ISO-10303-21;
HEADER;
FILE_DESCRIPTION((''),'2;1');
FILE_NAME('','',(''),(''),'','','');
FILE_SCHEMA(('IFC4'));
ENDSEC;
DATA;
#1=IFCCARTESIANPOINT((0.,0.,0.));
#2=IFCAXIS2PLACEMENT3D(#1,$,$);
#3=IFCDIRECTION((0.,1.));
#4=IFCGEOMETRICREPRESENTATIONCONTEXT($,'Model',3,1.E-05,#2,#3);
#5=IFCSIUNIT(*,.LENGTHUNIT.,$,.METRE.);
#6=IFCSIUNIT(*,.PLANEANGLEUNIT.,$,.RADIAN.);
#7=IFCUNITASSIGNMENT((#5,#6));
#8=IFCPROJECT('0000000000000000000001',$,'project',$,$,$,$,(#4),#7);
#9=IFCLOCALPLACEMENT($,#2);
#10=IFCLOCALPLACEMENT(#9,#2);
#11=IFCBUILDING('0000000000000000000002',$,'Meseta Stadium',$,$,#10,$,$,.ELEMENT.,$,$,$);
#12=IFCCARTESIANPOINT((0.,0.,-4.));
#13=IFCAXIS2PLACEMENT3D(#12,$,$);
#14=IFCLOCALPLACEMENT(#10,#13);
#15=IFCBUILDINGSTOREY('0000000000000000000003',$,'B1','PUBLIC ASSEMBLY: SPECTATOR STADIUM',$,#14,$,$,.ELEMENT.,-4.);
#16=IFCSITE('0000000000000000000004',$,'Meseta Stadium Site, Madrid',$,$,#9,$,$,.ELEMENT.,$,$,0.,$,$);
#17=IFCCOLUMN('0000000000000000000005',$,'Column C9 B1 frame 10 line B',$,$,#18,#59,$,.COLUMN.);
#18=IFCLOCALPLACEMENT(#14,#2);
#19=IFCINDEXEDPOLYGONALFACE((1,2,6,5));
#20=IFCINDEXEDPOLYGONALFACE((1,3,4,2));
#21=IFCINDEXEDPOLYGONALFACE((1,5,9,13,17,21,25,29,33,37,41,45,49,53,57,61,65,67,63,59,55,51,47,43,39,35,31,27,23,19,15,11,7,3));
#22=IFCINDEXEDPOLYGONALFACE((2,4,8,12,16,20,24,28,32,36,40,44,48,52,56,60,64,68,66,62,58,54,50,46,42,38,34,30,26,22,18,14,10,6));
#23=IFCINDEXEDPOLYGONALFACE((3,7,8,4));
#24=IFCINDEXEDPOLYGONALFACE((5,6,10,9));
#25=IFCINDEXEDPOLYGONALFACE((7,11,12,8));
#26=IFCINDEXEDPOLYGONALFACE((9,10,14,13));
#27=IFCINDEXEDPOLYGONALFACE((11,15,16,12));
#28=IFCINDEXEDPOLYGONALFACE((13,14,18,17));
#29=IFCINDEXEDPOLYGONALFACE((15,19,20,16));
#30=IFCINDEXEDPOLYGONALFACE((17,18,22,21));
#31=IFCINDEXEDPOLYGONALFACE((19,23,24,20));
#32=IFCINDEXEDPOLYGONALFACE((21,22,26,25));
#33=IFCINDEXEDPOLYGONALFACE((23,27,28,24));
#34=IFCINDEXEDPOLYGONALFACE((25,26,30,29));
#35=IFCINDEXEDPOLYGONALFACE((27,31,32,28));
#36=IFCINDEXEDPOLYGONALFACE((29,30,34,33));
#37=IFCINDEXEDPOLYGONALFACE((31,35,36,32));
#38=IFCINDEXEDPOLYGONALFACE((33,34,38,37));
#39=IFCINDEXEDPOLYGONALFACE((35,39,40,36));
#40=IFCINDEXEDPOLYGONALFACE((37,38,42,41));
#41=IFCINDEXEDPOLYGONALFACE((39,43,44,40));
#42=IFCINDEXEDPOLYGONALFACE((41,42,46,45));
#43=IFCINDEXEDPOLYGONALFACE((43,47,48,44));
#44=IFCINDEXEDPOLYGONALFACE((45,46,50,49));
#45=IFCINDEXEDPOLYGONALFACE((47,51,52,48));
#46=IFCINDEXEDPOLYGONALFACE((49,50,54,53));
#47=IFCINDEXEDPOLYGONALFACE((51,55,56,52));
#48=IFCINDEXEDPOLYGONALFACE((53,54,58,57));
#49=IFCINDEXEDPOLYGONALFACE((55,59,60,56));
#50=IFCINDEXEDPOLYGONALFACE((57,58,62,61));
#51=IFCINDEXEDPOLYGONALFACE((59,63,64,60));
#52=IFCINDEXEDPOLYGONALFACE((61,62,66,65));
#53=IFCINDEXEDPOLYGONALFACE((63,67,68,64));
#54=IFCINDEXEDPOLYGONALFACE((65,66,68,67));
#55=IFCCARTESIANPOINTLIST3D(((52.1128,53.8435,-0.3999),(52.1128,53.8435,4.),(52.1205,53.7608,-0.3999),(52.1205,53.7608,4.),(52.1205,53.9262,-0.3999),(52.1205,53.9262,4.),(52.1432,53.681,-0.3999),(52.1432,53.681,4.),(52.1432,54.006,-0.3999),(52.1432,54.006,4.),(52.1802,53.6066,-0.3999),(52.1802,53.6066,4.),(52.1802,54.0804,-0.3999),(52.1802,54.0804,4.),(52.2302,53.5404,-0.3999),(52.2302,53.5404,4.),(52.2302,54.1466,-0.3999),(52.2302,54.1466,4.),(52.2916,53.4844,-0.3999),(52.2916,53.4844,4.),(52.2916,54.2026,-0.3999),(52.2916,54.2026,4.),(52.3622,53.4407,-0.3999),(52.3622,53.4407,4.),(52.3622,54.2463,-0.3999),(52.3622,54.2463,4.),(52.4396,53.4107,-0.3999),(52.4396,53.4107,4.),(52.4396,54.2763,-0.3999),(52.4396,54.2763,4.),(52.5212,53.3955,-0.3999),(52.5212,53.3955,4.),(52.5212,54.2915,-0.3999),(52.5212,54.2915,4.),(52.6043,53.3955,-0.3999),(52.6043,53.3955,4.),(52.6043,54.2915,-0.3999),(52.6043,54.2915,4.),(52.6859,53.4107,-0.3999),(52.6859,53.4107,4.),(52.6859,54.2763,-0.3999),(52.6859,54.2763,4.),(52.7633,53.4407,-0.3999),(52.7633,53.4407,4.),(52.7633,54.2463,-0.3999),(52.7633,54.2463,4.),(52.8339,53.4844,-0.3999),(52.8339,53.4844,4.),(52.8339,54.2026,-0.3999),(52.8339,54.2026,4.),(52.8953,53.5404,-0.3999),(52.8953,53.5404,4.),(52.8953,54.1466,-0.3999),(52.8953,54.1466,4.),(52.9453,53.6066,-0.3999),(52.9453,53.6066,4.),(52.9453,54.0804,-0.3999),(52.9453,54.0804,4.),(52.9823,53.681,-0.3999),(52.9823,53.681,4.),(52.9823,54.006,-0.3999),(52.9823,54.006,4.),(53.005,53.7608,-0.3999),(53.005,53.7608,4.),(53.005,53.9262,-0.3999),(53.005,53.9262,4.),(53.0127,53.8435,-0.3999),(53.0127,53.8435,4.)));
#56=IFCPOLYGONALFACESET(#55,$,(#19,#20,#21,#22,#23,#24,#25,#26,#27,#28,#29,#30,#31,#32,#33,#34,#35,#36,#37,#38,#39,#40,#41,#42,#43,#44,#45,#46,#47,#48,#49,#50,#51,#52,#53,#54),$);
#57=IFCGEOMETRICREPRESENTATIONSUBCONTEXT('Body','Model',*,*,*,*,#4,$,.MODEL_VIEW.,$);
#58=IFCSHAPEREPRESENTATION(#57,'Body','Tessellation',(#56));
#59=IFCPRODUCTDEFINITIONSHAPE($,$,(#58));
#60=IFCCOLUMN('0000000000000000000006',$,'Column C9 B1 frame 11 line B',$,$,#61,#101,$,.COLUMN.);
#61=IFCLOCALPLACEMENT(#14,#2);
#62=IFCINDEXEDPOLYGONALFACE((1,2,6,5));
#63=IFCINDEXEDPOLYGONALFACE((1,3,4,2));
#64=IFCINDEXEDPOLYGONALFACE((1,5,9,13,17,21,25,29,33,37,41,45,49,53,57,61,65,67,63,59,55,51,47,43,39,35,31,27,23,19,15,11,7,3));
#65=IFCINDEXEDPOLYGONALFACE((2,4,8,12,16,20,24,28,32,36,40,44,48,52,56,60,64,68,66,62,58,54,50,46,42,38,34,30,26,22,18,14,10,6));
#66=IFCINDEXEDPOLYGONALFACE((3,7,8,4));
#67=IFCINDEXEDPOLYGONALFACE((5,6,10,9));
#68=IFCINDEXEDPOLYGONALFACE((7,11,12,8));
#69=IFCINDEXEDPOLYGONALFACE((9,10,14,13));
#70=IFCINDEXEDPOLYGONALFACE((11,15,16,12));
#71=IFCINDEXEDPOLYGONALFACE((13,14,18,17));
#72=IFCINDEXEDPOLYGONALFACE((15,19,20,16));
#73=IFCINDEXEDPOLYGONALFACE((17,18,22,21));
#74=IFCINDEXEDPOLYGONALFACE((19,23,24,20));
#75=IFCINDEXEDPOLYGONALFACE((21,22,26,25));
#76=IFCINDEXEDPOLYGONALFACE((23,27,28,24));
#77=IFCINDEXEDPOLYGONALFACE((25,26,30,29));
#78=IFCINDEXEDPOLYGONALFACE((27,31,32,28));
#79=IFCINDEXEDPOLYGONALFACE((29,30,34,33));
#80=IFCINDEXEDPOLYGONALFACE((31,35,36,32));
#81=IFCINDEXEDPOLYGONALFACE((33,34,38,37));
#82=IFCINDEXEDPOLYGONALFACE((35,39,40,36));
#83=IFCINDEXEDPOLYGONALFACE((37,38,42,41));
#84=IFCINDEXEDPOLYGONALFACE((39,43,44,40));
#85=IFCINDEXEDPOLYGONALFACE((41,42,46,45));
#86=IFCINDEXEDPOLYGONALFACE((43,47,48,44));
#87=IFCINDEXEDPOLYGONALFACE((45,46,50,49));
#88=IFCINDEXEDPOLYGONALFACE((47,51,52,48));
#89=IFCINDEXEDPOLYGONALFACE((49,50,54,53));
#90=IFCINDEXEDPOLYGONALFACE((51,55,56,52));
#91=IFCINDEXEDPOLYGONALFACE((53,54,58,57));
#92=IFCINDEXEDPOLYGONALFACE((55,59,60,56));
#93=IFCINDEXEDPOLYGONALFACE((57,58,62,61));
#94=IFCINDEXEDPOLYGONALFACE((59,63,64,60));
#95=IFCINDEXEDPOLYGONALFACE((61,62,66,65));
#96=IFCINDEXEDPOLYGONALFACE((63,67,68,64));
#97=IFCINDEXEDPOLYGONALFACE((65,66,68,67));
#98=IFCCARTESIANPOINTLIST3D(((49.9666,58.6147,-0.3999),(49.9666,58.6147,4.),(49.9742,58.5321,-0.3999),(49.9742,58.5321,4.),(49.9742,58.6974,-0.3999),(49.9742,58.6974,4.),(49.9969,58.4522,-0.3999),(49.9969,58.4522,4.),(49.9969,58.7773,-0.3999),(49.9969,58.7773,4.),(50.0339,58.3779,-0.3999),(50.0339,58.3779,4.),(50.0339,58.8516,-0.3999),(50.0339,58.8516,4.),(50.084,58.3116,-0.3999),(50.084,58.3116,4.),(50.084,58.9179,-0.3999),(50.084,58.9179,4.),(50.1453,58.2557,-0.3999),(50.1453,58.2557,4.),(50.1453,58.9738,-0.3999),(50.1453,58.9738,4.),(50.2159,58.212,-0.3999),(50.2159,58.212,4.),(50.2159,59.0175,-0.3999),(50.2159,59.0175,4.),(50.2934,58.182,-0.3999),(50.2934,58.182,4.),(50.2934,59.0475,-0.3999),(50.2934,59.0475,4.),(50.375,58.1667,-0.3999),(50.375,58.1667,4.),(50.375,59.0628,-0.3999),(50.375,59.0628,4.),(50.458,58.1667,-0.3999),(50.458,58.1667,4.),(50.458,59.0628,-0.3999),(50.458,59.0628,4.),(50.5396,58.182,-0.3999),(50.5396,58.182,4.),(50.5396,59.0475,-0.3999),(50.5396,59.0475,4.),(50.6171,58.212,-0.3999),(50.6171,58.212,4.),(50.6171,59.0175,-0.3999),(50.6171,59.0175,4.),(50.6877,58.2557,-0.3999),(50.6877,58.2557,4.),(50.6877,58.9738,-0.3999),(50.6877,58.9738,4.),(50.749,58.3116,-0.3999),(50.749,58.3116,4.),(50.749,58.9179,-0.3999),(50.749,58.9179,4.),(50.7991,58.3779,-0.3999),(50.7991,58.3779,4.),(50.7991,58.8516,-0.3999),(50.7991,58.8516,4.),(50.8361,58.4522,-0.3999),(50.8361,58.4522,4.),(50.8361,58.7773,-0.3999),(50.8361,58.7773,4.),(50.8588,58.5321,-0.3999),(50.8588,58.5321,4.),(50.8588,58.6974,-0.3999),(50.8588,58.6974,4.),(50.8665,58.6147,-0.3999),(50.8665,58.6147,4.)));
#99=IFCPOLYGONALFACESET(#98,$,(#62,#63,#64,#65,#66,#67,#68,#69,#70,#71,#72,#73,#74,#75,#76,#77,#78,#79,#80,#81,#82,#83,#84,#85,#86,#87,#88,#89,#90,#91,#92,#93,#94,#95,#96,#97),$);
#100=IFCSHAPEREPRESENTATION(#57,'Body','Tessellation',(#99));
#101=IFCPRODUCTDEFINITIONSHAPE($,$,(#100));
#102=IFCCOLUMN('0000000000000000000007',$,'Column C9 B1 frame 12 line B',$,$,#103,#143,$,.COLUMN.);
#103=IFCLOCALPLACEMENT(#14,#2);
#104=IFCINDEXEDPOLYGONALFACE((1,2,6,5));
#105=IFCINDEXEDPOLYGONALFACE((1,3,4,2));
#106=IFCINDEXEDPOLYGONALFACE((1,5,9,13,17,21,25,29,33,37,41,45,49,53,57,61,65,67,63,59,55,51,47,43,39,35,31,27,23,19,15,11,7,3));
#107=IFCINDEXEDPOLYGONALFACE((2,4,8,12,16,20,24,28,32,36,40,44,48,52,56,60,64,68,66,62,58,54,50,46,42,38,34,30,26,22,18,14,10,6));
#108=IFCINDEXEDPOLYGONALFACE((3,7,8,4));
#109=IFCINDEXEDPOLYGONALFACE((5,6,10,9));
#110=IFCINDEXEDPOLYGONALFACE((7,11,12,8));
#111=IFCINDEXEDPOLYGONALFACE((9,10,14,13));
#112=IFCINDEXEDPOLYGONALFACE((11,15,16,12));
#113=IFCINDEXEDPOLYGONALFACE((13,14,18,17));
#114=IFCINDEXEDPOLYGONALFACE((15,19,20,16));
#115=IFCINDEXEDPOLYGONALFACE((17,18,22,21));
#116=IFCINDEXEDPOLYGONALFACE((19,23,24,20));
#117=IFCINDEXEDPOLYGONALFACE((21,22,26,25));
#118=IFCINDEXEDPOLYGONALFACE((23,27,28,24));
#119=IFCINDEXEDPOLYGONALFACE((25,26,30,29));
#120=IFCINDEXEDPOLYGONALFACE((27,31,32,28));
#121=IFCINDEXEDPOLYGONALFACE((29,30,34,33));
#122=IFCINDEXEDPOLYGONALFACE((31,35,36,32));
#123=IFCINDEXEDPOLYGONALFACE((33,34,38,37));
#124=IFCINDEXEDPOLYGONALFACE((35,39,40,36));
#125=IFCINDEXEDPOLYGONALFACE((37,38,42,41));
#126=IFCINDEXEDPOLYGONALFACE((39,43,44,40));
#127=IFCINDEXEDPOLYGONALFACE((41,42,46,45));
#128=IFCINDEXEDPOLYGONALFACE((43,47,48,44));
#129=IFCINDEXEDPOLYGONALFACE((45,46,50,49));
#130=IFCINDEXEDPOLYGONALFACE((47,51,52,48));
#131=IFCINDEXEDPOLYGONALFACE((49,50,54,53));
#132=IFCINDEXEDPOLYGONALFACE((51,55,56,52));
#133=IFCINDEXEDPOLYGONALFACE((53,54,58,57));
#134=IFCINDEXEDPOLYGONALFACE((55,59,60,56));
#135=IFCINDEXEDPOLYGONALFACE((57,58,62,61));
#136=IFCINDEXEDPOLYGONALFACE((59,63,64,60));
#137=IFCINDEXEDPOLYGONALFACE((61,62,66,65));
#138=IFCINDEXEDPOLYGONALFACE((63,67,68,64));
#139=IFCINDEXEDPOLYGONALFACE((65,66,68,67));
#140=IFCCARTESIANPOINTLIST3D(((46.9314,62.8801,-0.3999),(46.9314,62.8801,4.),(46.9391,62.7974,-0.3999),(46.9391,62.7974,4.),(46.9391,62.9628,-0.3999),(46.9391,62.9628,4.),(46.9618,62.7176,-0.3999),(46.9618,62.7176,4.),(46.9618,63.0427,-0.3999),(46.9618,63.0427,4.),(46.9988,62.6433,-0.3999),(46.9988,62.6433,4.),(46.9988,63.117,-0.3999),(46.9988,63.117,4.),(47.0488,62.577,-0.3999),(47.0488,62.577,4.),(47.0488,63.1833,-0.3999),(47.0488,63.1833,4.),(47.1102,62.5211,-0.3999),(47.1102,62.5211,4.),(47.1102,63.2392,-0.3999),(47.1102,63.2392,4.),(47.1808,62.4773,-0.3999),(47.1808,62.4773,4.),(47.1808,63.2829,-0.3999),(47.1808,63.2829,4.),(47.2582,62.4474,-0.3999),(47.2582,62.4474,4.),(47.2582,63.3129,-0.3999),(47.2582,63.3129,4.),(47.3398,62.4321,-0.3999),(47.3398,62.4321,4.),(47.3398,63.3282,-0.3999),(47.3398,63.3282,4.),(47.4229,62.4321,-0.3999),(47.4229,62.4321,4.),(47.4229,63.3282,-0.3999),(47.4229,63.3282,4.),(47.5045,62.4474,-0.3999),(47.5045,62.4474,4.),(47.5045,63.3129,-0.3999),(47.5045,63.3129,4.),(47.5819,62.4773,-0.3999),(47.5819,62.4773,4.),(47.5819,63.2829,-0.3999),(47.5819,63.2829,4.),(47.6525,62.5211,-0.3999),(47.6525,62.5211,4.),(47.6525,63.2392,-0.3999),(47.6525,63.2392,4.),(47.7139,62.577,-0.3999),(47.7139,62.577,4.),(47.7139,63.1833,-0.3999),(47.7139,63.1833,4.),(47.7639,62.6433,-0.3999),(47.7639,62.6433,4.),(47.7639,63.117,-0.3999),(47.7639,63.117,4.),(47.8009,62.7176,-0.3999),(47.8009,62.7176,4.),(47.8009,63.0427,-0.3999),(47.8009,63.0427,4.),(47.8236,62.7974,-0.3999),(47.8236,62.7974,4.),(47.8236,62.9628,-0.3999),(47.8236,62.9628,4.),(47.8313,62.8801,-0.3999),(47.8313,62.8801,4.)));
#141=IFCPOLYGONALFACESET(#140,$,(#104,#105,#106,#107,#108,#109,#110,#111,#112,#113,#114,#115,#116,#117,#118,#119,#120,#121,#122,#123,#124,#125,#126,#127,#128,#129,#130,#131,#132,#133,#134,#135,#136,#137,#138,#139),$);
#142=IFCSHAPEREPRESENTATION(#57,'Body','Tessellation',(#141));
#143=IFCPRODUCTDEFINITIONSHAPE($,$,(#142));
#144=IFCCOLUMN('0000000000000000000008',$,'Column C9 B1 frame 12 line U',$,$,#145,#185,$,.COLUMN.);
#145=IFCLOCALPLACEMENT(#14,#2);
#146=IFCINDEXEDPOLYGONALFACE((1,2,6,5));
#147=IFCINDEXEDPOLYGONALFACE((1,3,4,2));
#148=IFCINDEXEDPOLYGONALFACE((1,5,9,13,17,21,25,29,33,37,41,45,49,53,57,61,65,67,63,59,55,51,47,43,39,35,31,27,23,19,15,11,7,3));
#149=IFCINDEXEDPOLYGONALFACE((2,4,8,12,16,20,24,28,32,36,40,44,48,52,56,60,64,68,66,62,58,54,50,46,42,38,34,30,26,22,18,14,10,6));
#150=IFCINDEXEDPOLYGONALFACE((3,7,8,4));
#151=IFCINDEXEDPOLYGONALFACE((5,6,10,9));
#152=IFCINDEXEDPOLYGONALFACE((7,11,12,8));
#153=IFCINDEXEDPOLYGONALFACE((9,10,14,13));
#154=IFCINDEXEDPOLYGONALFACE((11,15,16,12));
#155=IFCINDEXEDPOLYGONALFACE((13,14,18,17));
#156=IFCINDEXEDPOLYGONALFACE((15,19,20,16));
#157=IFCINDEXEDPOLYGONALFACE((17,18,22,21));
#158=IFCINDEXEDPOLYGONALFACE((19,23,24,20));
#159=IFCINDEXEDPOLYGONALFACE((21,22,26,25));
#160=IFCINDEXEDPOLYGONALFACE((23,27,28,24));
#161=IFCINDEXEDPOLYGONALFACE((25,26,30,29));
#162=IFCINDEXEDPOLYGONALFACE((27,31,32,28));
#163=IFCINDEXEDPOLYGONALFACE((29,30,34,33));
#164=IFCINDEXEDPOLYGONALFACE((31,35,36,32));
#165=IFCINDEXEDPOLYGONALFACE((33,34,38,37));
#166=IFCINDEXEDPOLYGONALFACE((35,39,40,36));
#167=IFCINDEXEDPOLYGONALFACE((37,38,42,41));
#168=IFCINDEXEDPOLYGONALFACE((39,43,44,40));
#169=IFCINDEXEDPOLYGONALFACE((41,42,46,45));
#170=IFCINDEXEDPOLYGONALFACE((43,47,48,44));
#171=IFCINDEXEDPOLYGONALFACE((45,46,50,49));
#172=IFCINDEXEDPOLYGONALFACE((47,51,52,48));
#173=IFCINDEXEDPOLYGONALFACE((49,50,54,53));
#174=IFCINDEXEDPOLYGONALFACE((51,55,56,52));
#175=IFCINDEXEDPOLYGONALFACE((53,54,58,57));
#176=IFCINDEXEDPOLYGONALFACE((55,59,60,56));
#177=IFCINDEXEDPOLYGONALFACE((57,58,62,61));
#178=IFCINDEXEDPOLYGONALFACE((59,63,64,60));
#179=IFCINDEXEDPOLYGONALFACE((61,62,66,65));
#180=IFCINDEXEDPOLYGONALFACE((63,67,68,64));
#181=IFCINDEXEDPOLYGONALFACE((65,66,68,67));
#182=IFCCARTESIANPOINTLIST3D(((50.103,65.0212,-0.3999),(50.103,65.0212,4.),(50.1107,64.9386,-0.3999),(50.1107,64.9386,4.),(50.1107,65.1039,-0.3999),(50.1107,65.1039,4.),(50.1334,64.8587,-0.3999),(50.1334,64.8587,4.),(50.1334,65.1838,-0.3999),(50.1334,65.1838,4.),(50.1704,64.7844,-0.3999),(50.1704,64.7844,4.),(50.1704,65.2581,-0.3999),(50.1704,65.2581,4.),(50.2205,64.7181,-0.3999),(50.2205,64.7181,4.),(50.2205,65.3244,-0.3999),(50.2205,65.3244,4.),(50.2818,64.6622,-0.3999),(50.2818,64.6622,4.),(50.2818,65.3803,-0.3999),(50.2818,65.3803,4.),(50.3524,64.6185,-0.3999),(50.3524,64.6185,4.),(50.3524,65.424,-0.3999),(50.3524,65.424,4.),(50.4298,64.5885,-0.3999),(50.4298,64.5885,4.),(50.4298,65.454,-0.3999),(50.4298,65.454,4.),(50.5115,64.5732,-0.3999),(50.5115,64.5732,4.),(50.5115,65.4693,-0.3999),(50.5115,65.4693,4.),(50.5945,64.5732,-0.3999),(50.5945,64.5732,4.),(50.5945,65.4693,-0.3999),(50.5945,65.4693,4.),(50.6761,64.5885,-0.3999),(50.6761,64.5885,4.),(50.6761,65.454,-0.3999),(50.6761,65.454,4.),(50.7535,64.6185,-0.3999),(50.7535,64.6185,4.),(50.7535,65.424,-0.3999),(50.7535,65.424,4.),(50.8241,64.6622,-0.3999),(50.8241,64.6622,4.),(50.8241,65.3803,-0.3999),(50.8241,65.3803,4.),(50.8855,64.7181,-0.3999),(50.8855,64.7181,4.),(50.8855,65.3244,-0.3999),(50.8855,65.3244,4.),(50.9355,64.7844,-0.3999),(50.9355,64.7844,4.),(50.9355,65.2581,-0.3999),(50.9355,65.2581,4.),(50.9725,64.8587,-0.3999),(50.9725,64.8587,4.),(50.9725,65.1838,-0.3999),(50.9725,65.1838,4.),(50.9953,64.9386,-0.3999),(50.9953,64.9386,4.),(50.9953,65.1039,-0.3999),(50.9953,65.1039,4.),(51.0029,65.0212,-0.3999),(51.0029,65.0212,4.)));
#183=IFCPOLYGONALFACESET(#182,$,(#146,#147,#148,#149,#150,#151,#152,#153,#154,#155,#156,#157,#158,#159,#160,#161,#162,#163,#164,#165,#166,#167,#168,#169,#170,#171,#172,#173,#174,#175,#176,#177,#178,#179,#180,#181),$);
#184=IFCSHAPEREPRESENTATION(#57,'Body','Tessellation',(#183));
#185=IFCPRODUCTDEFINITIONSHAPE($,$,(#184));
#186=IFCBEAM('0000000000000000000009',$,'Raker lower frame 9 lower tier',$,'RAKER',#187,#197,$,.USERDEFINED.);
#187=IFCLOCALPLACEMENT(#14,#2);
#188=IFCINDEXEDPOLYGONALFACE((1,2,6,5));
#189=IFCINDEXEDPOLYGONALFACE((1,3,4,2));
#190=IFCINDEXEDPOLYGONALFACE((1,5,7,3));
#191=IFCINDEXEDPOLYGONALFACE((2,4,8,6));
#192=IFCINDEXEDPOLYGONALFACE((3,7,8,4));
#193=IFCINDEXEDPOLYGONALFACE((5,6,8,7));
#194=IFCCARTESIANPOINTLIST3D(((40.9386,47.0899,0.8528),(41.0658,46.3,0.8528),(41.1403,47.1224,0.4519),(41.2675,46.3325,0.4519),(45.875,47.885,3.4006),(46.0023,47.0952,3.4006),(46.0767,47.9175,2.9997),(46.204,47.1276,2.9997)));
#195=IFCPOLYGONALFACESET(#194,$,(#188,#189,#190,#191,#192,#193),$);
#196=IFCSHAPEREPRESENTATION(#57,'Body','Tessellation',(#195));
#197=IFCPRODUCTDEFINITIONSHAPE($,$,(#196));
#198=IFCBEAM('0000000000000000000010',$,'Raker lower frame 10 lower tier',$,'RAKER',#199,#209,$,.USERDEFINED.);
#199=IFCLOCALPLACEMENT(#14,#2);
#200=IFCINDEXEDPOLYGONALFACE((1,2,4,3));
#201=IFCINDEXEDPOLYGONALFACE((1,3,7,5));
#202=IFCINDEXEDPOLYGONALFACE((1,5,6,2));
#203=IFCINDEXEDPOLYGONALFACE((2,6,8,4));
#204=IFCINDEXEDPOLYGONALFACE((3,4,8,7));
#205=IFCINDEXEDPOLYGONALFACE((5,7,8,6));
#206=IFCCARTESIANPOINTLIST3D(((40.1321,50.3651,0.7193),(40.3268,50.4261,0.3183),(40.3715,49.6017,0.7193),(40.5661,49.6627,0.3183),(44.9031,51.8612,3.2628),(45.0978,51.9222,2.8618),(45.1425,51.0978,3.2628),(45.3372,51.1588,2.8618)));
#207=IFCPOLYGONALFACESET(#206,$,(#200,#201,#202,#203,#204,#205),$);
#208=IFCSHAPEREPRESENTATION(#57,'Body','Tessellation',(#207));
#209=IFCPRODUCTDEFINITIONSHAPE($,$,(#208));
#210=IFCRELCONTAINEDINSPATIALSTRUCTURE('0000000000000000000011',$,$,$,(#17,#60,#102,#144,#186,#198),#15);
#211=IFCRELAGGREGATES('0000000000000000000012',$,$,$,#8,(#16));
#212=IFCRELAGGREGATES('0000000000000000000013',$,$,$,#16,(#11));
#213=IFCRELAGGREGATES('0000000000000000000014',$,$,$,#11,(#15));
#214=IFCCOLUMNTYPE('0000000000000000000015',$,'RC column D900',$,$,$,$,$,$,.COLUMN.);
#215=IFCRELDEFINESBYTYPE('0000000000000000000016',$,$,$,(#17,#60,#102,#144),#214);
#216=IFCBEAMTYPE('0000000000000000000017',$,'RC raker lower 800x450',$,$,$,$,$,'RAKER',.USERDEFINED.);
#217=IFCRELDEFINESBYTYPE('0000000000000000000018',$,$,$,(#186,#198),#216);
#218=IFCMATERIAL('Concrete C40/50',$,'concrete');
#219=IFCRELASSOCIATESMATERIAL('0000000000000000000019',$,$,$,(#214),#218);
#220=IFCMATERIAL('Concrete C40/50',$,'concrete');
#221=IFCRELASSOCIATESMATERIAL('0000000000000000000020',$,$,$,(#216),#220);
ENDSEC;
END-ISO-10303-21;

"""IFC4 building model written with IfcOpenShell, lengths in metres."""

from ifc_helpers import new_model, si_unit, direction, frame, origin, origin_2d, place, context, subcontext, project, spatial, rectangle, circle, extrude, material, material_profile, profile_set, type_object, element, save


model = new_model("IFC4")

# Units and contexts
model_context = context("Model", 3, precision=1e-05, world=origin(), true_north=direction((0.0, 1.0)))
body_context = subcontext(model_context, "Body", "Model", "MODEL_VIEW")
ifc_project = project(units=[si_unit("LENGTHUNIT", "METRE"), si_unit("PLANEANGLEUNIT", "RADIAN")], contexts=[model_context])

# Site, building, storey
site_placement = place(None, origin())
site = spatial("IfcSite", under=ifc_project, at=site_placement, Name="Meseta Stadium Site, Madrid", CompositionType="ELEMENT", RefElevation=0.0)
building_placement = place(site_placement, origin())
building = spatial("IfcBuilding", under=site, at=building_placement, Name="Meseta Stadium", CompositionType="ELEMENT")
storey_placement = place(building_placement, frame((0.0, 0.0, -4.0)))
storey = spatial("IfcBuildingStorey", under=building, at=storey_placement, Name="B1", Description="PUBLIC ASSEMBLY: SPECTATOR STADIUM", CompositionType="ELEMENT", Elevation=-4.0)

# Columns
ifc_material_1 = material(Name="Concrete C40/50", Category="concrete")
ifc_material_profile_1 = material_profile(ifc_material_1, circle(Radius=0.45, at=origin_2d()), Name="RC D900")
ifc_profile_set_1 = profile_set([ifc_material_profile_1], Name="Concrete C40/50")
column_type_1 = type_object("IfcColumnType", Name="RC column D900", PredefinedType="COLUMN", material=ifc_profile_set_1)
for number, where, z_axis, x_axis, name in (
    (1, (52.5627, 53.8435, -0.3999), (0.0, 0.0, 1.0), (1.0, 0.0, 0.0), "Column C9 B1 frame 10 line B"),
    (2, (50.4165, 58.6147, -0.3999), (0.0, 0.0, 1.0), (1.0, 0.0, 0.0), "Column C9 B1 frame 11 line B"),
    (3, (47.3813, 62.8801, -0.3999), (0.0, 0.0, 1.0), (1.0, 0.0, 0.0), "Column C9 B1 frame 12 line B"),
    (4, (50.553, 65.0212, -0.3999), (0.0, 0.0, 1.0), (1.0, 0.0, 0.0), "Column C9 B1 frame 12 line U"),
):
    element("IfcColumn", number, at=place(storey_placement, frame(where, z_axis=z_axis, x_axis=x_axis)), inside=storey, type_object=column_type_1, Name=name, PredefinedType="COLUMN", context=body_context, shape_type="SweptSolid", body=[
        extrude(circle(Radius=0.45, at=origin_2d()), origin(), (0.0, 0.0, 1.0), 4.3999),
    ])

# Beams
ifc_material_2 = material(Name="Concrete C40/50", Category="concrete")
ifc_material_profile_2 = material_profile(ifc_material_2, rectangle(XDim=0.8, YDim=0.45, at=origin_2d()), Name="RC 800x450")
ifc_profile_set_2 = profile_set([ifc_material_profile_2], Name="Concrete C40/50")
beam_type = type_object("IfcBeamType", Name="RC raker lower 800x450", ElementType="RAKER", PredefinedType="USERDEFINED", material=ifc_profile_set_2)
beam_1_placement = place(storey_placement, frame((41.103, 46.7112, 0.6523), z_axis=(0.879657, 0.141694, 0.454011), x_axis=(-0.159028, 0.987274, 0.0)))
element("IfcBeam", 5, at=beam_1_placement, inside=storey, type_object=beam_type, Name="Raker lower frame 9 lower tier", ObjectType="RAKER", PredefinedType="USERDEFINED", context=body_context, shape_type="SweptSolid", body=[
    extrude(rectangle(XDim=0.8, YDim=0.45, at=origin_2d()), origin(), (0.0, 0.0, 1.0), 5.6118),
])
beam_2_placement = place(storey_placement, frame((40.3491, 50.0139, 0.5188), z_axis=(0.850475, 0.266693, 0.453395), x_axis=(-0.299215, 0.954186, 0.0)))
element("IfcBeam", 6, at=beam_2_placement, inside=storey, type_object=beam_type, Name="Raker lower frame 10 lower tier", ObjectType="RAKER", PredefinedType="USERDEFINED", context=body_context, shape_type="SweptSolid", body=[
    extrude(rectangle(XDim=0.8, YDim=0.45, at=origin_2d()), origin(), (0.0, 0.0, 1.0), 5.6099),
])

save(model, "model.ifc")
